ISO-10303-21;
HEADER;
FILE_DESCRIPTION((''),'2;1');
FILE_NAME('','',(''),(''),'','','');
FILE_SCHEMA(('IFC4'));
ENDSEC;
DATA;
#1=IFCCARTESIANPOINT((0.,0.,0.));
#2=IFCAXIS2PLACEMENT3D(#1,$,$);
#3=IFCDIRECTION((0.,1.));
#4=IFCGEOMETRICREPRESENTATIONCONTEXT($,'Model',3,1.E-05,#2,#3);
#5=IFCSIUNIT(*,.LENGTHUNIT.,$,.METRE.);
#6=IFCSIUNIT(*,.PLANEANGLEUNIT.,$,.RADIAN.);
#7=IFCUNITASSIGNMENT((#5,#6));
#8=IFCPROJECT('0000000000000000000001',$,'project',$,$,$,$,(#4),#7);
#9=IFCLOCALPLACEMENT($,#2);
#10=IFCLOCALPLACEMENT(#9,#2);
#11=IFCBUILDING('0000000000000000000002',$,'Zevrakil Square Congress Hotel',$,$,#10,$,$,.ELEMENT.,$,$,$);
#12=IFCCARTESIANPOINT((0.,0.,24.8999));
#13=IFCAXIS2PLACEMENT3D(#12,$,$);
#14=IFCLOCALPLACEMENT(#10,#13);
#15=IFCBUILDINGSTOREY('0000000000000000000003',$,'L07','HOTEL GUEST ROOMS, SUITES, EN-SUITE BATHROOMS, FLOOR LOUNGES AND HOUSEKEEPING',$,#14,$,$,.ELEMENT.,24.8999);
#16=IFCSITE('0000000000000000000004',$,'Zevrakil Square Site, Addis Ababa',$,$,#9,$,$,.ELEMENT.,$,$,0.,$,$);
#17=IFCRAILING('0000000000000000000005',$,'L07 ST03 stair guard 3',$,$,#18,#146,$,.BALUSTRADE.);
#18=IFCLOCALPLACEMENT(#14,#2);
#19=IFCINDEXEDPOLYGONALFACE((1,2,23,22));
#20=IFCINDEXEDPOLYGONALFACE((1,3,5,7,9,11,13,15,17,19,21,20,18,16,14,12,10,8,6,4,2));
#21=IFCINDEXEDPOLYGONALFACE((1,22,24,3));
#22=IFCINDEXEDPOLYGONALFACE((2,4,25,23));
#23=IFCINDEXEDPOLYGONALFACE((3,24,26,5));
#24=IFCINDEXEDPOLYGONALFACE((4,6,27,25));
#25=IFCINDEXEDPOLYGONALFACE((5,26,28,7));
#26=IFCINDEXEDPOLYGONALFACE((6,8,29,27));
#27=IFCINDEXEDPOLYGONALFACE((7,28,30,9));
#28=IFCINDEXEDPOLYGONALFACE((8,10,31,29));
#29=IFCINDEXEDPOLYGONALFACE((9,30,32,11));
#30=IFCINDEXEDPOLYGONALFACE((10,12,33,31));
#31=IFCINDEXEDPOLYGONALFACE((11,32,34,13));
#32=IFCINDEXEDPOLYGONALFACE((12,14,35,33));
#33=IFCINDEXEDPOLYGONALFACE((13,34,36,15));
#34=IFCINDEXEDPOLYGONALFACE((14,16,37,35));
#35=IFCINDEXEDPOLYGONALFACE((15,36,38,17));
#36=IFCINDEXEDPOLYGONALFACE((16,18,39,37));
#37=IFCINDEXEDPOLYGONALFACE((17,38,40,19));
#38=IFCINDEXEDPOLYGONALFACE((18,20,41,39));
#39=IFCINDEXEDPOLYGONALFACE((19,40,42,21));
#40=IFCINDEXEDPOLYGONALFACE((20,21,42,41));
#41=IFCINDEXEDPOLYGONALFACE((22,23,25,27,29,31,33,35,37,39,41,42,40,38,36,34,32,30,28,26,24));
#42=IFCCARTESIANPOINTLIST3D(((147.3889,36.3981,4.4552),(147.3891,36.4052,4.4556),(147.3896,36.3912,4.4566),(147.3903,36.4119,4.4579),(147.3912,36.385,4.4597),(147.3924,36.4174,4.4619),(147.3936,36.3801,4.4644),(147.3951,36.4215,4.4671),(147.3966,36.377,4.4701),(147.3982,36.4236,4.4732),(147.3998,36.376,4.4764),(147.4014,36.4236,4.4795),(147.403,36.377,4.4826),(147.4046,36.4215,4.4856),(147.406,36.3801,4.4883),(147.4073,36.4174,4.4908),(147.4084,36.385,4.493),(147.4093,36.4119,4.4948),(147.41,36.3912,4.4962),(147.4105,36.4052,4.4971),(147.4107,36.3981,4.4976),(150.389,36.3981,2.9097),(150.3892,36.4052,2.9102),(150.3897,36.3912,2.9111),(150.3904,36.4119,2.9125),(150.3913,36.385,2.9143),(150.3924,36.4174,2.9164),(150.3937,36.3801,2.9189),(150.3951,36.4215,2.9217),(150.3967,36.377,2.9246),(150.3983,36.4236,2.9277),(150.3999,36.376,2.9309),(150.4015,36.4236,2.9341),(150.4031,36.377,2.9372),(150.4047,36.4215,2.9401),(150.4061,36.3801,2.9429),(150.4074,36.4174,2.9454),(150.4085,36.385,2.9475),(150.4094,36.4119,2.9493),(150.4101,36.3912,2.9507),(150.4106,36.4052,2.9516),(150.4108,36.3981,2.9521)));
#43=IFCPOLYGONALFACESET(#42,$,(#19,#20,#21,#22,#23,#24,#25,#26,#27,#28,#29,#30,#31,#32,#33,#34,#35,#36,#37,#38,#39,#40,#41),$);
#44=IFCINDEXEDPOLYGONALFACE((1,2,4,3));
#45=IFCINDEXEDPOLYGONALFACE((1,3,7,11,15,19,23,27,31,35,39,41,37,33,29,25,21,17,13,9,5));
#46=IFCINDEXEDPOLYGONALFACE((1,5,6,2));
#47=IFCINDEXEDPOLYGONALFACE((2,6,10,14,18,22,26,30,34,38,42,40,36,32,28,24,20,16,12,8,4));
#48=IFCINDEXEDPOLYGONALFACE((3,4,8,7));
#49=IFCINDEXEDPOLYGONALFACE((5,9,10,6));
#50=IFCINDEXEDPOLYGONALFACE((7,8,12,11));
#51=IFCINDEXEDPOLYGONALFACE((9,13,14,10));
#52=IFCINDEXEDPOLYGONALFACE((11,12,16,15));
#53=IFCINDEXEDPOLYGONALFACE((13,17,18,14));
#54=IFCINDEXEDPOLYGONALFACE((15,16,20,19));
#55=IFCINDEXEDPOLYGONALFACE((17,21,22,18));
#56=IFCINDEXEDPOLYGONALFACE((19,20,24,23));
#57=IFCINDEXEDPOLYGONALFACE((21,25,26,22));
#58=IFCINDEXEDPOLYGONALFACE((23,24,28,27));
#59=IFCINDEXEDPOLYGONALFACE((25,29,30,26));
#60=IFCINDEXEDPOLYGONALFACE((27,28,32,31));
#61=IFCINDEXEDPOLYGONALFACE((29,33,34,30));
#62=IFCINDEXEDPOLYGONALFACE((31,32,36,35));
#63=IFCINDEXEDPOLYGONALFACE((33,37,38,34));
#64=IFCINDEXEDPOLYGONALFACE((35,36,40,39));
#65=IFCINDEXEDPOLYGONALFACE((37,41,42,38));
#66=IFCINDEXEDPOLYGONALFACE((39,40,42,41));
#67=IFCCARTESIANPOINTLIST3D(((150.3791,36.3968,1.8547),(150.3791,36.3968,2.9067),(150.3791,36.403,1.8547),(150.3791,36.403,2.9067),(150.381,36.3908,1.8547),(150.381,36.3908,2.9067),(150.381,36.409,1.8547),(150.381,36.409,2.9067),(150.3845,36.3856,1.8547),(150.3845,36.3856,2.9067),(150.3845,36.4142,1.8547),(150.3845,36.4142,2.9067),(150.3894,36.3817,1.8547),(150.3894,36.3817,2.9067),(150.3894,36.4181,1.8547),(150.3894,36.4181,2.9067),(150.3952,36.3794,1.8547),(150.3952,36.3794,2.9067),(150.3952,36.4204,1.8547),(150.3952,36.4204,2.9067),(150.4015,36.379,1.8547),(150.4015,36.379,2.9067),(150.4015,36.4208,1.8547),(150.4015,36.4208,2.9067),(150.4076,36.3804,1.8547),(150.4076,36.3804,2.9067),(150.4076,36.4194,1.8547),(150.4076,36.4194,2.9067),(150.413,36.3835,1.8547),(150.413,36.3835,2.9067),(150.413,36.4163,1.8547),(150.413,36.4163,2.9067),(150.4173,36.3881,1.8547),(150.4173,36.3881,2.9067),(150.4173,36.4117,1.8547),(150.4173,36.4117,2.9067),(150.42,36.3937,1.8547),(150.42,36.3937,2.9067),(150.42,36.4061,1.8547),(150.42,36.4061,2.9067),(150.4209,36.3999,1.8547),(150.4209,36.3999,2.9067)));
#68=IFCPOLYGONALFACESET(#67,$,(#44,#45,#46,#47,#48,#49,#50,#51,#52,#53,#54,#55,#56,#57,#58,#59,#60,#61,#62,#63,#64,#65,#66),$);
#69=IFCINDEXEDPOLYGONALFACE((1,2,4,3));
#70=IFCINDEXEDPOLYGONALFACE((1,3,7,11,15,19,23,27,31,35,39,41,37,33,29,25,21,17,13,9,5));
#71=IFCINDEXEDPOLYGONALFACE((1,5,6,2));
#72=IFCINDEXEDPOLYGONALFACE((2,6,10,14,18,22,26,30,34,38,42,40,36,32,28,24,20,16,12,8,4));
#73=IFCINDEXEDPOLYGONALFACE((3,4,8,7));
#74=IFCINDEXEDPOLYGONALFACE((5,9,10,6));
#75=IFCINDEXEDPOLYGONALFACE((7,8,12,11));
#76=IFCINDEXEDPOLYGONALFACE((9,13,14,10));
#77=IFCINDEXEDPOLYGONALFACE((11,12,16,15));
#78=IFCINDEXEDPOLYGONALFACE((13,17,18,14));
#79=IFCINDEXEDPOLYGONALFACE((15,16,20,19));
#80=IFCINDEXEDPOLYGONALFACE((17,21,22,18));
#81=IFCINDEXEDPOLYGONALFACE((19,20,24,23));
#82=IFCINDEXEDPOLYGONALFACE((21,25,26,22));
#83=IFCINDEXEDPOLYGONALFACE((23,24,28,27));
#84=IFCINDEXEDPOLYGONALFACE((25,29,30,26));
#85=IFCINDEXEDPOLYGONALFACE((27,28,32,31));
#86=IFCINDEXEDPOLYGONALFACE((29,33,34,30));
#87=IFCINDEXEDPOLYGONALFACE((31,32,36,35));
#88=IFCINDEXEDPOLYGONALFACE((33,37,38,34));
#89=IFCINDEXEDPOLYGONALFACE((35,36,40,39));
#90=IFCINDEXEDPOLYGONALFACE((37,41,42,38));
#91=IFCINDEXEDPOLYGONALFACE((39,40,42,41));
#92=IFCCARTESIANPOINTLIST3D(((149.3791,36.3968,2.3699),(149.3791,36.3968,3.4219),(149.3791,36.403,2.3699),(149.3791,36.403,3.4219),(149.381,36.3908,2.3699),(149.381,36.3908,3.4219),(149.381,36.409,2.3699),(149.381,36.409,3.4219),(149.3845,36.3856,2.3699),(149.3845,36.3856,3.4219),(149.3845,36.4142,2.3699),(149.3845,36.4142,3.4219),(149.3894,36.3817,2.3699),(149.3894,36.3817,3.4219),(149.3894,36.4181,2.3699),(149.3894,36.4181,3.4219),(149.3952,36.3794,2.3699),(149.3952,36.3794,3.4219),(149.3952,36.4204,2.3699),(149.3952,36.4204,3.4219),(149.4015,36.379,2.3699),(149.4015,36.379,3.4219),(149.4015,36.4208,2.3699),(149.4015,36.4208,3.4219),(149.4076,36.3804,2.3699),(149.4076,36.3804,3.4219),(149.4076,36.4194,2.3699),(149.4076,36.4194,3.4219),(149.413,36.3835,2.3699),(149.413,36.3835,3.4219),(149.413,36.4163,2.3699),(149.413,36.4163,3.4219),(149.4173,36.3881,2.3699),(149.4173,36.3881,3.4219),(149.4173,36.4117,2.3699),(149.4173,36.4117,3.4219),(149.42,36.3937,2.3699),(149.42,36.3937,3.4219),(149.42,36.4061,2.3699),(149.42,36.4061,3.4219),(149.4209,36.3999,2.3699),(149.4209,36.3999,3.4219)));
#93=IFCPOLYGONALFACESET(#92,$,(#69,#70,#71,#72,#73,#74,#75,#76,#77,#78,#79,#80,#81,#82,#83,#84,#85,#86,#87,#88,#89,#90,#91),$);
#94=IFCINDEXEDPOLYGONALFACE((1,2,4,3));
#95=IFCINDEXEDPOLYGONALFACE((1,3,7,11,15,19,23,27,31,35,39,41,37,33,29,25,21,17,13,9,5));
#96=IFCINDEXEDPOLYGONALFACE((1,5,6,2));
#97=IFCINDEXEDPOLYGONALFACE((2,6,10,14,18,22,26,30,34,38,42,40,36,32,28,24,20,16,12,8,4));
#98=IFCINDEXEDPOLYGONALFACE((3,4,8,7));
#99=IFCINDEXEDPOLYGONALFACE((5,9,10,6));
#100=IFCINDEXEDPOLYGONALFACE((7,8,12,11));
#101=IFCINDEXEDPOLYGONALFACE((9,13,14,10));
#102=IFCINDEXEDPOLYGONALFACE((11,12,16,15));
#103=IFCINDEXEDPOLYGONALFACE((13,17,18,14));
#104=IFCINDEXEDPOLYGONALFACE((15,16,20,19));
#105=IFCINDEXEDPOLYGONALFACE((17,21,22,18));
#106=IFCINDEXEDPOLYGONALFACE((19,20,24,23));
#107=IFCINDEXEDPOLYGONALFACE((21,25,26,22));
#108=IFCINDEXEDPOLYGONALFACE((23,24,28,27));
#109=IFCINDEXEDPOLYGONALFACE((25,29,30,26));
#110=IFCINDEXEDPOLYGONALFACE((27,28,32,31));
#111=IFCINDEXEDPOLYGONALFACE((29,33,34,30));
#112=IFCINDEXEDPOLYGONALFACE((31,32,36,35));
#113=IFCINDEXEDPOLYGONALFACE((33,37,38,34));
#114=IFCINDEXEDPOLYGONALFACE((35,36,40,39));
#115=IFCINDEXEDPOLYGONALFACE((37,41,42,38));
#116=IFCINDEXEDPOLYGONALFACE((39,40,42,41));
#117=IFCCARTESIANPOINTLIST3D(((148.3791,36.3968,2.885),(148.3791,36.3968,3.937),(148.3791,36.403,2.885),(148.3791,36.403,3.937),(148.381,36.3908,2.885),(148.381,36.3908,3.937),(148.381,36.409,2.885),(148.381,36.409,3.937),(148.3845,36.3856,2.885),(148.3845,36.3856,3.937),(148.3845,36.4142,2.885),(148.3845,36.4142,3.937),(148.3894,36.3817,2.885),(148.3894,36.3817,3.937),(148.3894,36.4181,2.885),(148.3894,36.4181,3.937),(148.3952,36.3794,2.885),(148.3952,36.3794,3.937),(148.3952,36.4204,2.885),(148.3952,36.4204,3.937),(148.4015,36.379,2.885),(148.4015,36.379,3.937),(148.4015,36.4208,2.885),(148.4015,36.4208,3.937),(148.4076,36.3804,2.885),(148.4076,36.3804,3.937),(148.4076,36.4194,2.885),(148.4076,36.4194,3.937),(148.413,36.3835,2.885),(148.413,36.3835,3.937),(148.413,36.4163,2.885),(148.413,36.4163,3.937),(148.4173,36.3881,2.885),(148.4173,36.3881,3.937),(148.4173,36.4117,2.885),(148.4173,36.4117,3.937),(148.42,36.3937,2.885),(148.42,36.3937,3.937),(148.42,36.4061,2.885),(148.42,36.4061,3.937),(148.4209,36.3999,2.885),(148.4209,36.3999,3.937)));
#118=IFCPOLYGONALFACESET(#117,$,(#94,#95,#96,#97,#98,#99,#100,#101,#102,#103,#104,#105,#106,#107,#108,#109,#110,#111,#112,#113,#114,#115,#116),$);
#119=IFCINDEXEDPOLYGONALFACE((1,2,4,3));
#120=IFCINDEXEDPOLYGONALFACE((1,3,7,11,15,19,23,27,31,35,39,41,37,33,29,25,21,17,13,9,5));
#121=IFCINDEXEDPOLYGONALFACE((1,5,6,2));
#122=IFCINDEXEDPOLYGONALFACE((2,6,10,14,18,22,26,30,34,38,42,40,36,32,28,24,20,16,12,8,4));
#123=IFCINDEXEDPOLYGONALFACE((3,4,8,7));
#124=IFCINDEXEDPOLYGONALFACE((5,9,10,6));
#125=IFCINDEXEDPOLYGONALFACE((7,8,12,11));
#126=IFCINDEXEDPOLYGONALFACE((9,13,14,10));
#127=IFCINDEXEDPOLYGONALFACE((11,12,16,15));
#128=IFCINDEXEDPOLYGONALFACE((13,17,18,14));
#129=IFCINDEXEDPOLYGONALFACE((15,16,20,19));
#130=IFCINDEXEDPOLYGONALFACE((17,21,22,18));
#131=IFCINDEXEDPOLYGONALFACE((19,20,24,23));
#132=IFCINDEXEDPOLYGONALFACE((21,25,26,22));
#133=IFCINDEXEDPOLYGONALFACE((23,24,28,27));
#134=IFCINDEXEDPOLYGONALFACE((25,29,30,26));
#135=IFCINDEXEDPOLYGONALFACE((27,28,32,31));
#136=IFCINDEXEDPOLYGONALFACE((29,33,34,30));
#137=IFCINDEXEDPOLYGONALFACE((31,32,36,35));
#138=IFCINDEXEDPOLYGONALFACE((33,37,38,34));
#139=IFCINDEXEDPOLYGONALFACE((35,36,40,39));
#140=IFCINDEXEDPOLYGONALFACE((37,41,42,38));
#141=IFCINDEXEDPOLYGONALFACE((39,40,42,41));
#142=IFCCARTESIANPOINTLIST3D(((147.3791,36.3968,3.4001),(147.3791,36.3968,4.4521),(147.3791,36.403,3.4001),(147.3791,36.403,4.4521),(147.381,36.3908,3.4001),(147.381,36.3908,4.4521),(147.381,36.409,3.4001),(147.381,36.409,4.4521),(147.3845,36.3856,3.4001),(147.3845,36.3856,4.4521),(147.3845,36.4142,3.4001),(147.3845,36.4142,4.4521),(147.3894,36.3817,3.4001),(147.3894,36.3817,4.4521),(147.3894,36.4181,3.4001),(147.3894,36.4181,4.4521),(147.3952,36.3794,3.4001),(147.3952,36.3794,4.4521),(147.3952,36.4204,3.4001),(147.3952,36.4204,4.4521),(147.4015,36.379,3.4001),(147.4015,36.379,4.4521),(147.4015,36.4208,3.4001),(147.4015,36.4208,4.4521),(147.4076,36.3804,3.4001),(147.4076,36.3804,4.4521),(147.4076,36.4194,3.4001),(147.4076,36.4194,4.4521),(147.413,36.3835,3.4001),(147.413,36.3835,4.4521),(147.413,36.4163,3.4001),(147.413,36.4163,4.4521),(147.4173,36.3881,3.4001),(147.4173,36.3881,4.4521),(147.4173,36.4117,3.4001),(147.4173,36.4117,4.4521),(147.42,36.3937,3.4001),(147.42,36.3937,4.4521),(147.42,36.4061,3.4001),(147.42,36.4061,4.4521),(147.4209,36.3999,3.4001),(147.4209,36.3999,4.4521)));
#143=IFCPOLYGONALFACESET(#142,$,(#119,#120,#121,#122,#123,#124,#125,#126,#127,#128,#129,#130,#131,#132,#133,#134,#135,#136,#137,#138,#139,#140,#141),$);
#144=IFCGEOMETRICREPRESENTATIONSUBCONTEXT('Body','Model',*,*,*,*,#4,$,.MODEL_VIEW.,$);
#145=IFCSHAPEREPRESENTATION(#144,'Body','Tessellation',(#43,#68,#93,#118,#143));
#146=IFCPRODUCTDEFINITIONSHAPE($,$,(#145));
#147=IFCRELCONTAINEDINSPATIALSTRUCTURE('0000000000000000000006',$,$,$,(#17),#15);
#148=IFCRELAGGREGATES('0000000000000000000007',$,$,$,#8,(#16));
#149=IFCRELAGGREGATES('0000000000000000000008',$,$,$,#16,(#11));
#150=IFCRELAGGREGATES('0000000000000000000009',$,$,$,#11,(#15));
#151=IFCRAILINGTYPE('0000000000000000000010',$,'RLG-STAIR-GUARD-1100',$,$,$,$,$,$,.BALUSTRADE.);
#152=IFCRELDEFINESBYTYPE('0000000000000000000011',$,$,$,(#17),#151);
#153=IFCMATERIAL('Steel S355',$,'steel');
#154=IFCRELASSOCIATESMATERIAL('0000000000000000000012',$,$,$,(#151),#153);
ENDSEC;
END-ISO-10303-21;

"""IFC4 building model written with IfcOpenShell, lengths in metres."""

from ifc_helpers import new_model, si_unit, direction, frame, origin, origin_2d, place, context, subcontext, project, spatial, circle, extrude, material, type_object, element, save


model = new_model("IFC4")

# Units and contexts
model_context = context("Model", 3, precision=1e-05, world=origin(), true_north=direction((0.0, 1.0)))
body_context = subcontext(model_context, "Body", "Model", "MODEL_VIEW")
ifc_project = project(units=[si_unit("LENGTHUNIT", "METRE"), si_unit("PLANEANGLEUNIT", "RADIAN")], contexts=[model_context])

# Site, building, storey
site_placement = place(None, origin())
site = spatial("IfcSite", under=ifc_project, at=site_placement, Name="Zevrakil Square Site, Addis Ababa", CompositionType="ELEMENT", RefElevation=0.0)
building_placement = place(site_placement, origin())
building = spatial("IfcBuilding", under=site, at=building_placement, Name="Zevrakil Square Congress Hotel", CompositionType="ELEMENT")
storey_placement = place(building_placement, frame((0.0, 0.0, 24.8999)))
storey = spatial("IfcBuildingStorey", under=building, at=storey_placement, Name="L07", Description="HOTEL GUEST ROOMS, SUITES, EN-SUITE BATHROOMS, FLOOR LOUNGES AND HOUSEKEEPING", CompositionType="ELEMENT", Elevation=24.8999)

# Railing
ifc_material_1 = material(Name="Steel S355", Category="steel")
railing_type_1 = type_object("IfcRailingType", Name="RLG-STAIR-GUARD-1100", PredefinedType="BALUSTRADE", material=ifc_material_1)
railing_1_placement = place(storey_placement, frame((150.3999, 36.3999, 1.8547)))
element("IfcRailing", 1, at=railing_1_placement, inside=storey, type_object=railing_type_1, Name="L07 ST03 stair guard 3", PredefinedType="BALUSTRADE", context=body_context, shape_type="SweptSolid", body=[
    extrude(circle(Radius=0.0239, at=origin_2d()), frame((0.0, 0.0, 1.0762), z_axis=(-0.88898, 0.0, 0.457946), x_axis=(0.0, -1.0, 0.0)), (0.0, 0.0, 1.0), 3.3748),
    extrude(circle(Radius=0.021, at=origin_2d()), origin(), (0.0, 0.0, 1.0), 1.052),
    extrude(circle(Radius=0.021, at=origin_2d()), frame((-1.0, 0.0, 0.5151)), (0.0, 0.0, 1.0), 1.052),
    extrude(circle(Radius=0.021, at=origin_2d()), frame((-2.0, 0.0, 1.0303)), (0.0, 0.0, 1.0), 1.052),
    extrude(circle(Radius=0.021, at=origin_2d()), frame((-3.0, 0.0, 1.5454)), (0.0, 0.0, 1.0), 1.052),
])

save(model, "model.ifc")
